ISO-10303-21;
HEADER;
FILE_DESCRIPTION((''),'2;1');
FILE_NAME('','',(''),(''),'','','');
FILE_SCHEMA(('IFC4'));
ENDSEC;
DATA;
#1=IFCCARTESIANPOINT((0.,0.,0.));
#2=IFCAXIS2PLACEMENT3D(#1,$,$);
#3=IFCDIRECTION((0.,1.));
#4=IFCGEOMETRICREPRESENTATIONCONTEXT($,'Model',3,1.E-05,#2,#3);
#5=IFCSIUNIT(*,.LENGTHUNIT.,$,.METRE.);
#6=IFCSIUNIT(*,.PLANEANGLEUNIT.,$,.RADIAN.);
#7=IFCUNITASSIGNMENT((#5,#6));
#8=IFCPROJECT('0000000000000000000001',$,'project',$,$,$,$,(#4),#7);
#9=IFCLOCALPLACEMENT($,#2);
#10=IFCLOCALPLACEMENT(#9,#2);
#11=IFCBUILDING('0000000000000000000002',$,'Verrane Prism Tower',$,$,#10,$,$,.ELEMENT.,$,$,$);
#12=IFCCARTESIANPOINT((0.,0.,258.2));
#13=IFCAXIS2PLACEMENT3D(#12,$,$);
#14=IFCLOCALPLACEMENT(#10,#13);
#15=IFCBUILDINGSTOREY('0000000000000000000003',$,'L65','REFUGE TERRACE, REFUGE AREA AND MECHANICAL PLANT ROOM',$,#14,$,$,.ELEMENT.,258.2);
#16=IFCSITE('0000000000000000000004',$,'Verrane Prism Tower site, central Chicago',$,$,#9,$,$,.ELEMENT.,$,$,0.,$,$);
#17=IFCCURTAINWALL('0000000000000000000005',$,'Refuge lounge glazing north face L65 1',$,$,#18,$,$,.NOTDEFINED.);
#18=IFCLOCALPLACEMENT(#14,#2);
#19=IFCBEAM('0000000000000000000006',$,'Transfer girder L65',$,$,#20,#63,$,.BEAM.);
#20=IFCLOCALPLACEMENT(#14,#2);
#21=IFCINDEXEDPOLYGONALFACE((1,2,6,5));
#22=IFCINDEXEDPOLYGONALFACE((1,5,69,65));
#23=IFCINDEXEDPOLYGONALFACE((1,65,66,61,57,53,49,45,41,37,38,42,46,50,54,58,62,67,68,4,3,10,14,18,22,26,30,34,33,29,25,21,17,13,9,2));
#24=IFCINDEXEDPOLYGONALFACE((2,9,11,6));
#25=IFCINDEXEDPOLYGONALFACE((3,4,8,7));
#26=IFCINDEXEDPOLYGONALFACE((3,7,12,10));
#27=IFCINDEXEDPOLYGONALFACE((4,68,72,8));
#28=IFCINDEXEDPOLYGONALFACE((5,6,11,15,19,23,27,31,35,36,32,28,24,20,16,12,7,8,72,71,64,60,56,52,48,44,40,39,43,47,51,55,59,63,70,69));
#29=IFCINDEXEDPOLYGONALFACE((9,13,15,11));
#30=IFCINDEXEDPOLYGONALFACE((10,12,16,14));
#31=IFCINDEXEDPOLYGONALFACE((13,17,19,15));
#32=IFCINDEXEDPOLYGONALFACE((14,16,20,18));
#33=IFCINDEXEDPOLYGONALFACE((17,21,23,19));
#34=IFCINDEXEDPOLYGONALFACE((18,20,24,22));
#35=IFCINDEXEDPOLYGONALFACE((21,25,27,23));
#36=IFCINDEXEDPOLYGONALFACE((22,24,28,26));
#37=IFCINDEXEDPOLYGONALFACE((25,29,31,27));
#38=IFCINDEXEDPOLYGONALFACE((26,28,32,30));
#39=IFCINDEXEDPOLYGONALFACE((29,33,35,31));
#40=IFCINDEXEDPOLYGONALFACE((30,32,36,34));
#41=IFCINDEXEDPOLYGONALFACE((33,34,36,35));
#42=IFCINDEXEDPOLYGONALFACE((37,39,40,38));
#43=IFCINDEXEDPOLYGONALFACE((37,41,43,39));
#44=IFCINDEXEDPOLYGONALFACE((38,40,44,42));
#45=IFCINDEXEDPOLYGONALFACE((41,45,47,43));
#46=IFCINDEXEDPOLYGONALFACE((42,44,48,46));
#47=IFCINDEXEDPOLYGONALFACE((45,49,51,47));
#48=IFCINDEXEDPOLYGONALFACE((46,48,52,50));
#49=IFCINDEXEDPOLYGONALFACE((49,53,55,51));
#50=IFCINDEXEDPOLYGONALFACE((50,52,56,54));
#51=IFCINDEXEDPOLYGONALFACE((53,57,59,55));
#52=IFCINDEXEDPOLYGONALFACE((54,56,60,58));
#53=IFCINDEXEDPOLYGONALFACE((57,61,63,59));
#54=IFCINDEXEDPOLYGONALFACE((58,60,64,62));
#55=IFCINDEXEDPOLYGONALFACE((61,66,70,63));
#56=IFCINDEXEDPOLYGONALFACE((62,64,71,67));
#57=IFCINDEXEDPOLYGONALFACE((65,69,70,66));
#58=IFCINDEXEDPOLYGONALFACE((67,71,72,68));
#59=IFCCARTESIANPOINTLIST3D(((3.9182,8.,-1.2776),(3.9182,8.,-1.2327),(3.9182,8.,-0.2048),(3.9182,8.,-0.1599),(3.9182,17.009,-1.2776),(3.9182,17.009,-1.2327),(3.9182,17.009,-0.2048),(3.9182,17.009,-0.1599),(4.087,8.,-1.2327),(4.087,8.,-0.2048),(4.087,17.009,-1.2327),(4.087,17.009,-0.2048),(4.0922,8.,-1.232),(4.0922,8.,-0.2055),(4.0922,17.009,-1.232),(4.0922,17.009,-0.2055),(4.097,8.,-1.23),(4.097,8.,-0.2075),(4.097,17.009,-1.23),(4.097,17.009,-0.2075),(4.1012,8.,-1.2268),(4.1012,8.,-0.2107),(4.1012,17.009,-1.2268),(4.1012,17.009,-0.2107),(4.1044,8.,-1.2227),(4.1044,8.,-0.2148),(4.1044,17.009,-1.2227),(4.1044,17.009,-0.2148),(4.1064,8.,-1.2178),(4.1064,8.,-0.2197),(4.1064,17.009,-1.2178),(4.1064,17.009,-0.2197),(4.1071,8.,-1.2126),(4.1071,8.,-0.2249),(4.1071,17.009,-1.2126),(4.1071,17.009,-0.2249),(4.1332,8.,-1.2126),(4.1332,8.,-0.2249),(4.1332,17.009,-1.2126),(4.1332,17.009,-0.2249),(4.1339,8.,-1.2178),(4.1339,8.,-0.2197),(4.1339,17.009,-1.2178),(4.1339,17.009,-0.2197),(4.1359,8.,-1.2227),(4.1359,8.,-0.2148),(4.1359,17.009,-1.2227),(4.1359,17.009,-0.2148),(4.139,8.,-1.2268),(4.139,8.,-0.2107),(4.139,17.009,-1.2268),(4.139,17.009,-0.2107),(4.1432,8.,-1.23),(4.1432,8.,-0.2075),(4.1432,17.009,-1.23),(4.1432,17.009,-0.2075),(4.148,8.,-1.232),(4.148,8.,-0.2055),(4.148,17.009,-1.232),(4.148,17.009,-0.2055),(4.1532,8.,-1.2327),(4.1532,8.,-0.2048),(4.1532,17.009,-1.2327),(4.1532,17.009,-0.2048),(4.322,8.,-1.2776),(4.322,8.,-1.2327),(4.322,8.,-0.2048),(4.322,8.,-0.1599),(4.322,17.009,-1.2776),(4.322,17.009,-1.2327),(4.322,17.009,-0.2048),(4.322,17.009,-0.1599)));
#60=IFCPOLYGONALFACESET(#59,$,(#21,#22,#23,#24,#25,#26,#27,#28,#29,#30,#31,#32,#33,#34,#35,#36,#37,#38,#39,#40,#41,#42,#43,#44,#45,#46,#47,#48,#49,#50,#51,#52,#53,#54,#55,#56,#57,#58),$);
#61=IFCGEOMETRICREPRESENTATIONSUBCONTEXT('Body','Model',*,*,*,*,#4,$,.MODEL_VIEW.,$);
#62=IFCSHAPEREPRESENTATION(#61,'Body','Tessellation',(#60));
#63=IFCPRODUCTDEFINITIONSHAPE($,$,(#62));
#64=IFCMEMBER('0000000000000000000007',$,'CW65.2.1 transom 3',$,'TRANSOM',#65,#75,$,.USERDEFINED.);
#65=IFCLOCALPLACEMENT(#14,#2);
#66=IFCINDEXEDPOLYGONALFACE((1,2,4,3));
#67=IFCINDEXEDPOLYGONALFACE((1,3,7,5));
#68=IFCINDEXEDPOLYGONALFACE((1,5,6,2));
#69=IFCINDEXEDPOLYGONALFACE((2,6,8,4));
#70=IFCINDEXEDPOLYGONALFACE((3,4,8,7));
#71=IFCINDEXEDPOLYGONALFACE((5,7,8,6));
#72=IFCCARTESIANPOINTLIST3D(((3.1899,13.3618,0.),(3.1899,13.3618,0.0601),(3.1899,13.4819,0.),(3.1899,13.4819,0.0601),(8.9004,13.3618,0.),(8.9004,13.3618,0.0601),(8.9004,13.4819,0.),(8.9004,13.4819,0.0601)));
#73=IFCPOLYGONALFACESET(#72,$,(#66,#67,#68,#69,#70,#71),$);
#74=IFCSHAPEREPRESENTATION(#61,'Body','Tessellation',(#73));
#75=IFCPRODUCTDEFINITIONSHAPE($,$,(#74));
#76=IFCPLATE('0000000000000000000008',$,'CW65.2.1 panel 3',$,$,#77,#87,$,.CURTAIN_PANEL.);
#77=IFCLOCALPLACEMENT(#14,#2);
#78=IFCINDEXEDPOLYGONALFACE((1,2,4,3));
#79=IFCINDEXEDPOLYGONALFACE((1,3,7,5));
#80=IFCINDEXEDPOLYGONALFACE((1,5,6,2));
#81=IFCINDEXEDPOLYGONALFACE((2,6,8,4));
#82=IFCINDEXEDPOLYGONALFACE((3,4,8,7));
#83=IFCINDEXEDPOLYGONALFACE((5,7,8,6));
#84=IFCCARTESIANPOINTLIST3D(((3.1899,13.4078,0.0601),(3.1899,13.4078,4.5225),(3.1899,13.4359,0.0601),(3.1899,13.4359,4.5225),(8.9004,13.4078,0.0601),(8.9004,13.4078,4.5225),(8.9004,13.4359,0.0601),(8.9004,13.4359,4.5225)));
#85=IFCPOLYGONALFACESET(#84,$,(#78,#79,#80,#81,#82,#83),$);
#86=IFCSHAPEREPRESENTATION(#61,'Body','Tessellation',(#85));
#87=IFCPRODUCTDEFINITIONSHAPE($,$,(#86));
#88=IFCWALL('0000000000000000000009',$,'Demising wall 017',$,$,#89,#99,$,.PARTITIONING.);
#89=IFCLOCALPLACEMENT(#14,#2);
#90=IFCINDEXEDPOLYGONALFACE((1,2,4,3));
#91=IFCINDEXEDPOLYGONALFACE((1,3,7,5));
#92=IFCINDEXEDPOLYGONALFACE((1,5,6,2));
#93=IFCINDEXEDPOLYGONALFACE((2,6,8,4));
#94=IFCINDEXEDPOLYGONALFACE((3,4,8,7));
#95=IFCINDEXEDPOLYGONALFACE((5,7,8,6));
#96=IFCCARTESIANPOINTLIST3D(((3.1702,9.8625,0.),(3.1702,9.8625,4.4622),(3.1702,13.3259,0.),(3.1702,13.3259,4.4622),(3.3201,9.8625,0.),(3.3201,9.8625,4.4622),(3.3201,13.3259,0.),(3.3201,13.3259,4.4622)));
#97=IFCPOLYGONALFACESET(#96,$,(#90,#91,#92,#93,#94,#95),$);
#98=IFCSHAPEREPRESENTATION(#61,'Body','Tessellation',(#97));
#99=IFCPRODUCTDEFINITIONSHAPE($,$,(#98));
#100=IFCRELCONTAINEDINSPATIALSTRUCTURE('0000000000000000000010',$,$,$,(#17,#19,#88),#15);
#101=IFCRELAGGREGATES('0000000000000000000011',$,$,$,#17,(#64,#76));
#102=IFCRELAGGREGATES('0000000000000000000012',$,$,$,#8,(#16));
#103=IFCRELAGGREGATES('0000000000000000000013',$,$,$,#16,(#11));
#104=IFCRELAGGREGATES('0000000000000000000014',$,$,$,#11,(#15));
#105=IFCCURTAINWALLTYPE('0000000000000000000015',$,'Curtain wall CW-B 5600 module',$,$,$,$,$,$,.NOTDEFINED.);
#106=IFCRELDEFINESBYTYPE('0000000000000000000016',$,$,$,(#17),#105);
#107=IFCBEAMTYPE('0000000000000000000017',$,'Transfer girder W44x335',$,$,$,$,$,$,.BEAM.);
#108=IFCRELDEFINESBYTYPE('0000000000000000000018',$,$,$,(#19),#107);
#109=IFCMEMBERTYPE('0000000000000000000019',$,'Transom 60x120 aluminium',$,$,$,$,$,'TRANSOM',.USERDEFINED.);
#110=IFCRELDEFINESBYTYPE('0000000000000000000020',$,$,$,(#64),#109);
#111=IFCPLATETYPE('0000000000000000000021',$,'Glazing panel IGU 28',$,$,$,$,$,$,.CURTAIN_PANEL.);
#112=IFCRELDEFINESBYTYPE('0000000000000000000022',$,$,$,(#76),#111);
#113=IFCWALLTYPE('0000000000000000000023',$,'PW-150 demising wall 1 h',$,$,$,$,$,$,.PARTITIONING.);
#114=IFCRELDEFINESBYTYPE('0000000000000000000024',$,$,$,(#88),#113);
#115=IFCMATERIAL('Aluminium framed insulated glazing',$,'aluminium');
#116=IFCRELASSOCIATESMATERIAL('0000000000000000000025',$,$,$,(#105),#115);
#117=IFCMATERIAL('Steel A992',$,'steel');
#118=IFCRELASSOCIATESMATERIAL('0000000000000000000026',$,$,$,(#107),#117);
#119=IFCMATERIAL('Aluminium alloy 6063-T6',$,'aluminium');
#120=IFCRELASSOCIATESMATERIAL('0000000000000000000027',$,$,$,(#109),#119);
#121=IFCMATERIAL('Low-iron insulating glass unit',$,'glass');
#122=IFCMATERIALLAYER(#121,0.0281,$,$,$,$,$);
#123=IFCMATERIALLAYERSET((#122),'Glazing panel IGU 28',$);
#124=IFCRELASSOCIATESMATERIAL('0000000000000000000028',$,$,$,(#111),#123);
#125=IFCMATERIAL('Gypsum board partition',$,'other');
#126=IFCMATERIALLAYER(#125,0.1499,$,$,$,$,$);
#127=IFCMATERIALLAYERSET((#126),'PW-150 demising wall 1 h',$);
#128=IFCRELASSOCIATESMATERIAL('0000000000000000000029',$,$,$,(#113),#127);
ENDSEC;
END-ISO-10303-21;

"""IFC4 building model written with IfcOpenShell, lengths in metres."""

from ifc_helpers import new_model, si_unit, direction, frame, frame_2d, origin, origin_2d, place, context, subcontext, project, spatial, rectangle, i_section, extrude, material, layer, layer_set, material_profile, profile_set, type_object, element, aggregate, save


model = new_model("IFC4")

# Units and contexts
model_context = context("Model", 3, precision=1e-05, world=origin(), true_north=direction((0.0, 1.0)))
body_context = subcontext(model_context, "Body", "Model", "MODEL_VIEW")
ifc_project = project(units=[si_unit("LENGTHUNIT", "METRE"), si_unit("PLANEANGLEUNIT", "RADIAN")], contexts=[model_context])

# Site, building, storey
site_placement = place(None, origin())
site = spatial("IfcSite", under=ifc_project, at=site_placement, Name="Verrane Prism Tower site, central Chicago", CompositionType="ELEMENT", RefElevation=0.0)
building_placement = place(site_placement, origin())
building = spatial("IfcBuilding", under=site, at=building_placement, Name="Verrane Prism Tower", CompositionType="ELEMENT")
storey_placement = place(building_placement, frame((0.0, 0.0, 258.2)))
storey = spatial("IfcBuildingStorey", under=building, at=storey_placement, Name="L65", Description="REFUGE TERRACE, REFUGE AREA AND MECHANICAL PLANT ROOM", CompositionType="ELEMENT", Elevation=258.2)

# Curtain wall
ifc_material_1 = material(Name="Aluminium framed insulated glazing", Category="aluminium")
curtain_wall_type = type_object("IfcCurtainWallType", Name="Curtain wall CW-B 5600 module", PredefinedType="NOTDEFINED", material=ifc_material_1)
curtain_wall_placement = place(storey_placement, origin())
curtain_wall = element("IfcCurtainWall", 1, at=curtain_wall_placement, inside=storey, type_object=curtain_wall_type, Name="Refuge lounge glazing north face L65 1", PredefinedType="NOTDEFINED")

# Beam
ifc_material_2 = material(Name="Steel A992", Category="steel")
ifc_material_profile_1 = material_profile(ifc_material_2, i_section(OverallWidth=0.4038, OverallDepth=1.1177, WebThickness=0.0261, FlangeThickness=0.0449, FilletRadius=0.02, at=origin_2d()), Name="W44x335")
ifc_profile_set_1 = profile_set([ifc_material_profile_1], Name="Steel A992")
beam_type_1 = type_object("IfcBeamType", Name="Transfer girder W44x335", PredefinedType="BEAM", material=ifc_profile_set_1)
beam_1_placement = place(storey_placement, frame((4.1201, 17.009, -0.7188), z_axis=(0.0, -1.0, 0.0), x_axis=(1.0, 0.0, 0.0)))
element("IfcBeam", 2, at=beam_1_placement, inside=storey, type_object=beam_type_1, Name="Transfer girder L65", PredefinedType="BEAM", context=body_context, shape_type="SweptSolid", body=[
    extrude(i_section(OverallWidth=0.4038, OverallDepth=1.1177, WebThickness=0.0261, FlangeThickness=0.0449, FilletRadius=0.02, at=origin_2d()), origin(), (0.0, 0.0, 1.0), 9.009),
])

# Member
ifc_material_3 = material(Name="Aluminium alloy 6063-T6", Category="aluminium")
ifc_material_profile_2 = material_profile(ifc_material_3, rectangle(XDim=0.1201, YDim=0.0601, at=origin_2d()), Name="Transom 60x120 aluminium")
ifc_profile_set_2 = profile_set([ifc_material_profile_2], Name="Aluminium alloy 6063-T6")
member_type_1 = type_object("IfcMemberType", Name="Transom 60x120 aluminium", ElementType="TRANSOM", PredefinedType="USERDEFINED", material=ifc_profile_set_2)
member_1_placement = place(storey_placement, frame((8.9004, 13.4219, 0.03), z_axis=(-1.0, 0.0, 0.0), x_axis=(0.0, -1.0, 0.0)))
member_1 = element("IfcMember", 3, at=member_1_placement, type_object=member_type_1, Name="CW65.2.1 transom 3", ObjectType="TRANSOM", PredefinedType="USERDEFINED", context=body_context, shape_type="SweptSolid", body=[
    extrude(rectangle(XDim=0.1201, YDim=0.0601, at=origin_2d()), origin(), (0.0, 0.0, 1.0), 5.7104),
])

# Plate
ifc_material_4 = material(Name="Low-iron insulating glass unit", Category="glass")
ifc_layer_1 = layer(ifc_material_4, 0.0281)
ifc_layer_set_1 = layer_set([ifc_layer_1], Name="Glazing panel IGU 28")
plate_type = type_object("IfcPlateType", Name="Glazing panel IGU 28", PredefinedType="CURTAIN_PANEL", material=ifc_layer_set_1)
plate_placement = place(storey_placement, frame((6.0452, 13.4219, 0.0601), z_axis=(0.0, 0.0, 1.0), x_axis=(-1.0, 0.0, 0.0)))
plate = element("IfcPlate", 4, at=plate_placement, type_object=plate_type, Name="CW65.2.1 panel 3", PredefinedType="CURTAIN_PANEL", context=body_context, shape_type="SweptSolid", body=[
    extrude(rectangle(XDim=5.7104, YDim=0.0281, at=origin_2d()), origin(), (0.0, 0.0, 1.0), 4.4624),
])
aggregate(curtain_wall, [member_1, plate])

# Wall
ifc_material_5 = material(Name="Gypsum board partition", Category="other")
ifc_layer_2 = layer(ifc_material_5, 0.1499)
ifc_layer_set_2 = layer_set([ifc_layer_2], Name="PW-150 demising wall 1 h")
wall_type_1 = type_object("IfcWallType", Name="PW-150 demising wall 1 h", PredefinedType="PARTITIONING", material=ifc_layer_set_2)
wall_1_placement = place(storey_placement, frame((3.2451, 9.8625, 0.0), z_axis=(0.0, 0.0, 1.0), x_axis=(0.0, 1.0, 0.0)))
element("IfcWall", 5, at=wall_1_placement, inside=storey, type_object=wall_type_1, Name="Demising wall 017", PredefinedType="PARTITIONING", context=body_context, shape_type="SweptSolid", body=[
    extrude(rectangle(XDim=3.4634, YDim=0.1499, at=frame_2d((1.7317, 0.0))), origin(), (0.0, 0.0, 1.0), 4.4622),
])

save(model, "model.ifc")
